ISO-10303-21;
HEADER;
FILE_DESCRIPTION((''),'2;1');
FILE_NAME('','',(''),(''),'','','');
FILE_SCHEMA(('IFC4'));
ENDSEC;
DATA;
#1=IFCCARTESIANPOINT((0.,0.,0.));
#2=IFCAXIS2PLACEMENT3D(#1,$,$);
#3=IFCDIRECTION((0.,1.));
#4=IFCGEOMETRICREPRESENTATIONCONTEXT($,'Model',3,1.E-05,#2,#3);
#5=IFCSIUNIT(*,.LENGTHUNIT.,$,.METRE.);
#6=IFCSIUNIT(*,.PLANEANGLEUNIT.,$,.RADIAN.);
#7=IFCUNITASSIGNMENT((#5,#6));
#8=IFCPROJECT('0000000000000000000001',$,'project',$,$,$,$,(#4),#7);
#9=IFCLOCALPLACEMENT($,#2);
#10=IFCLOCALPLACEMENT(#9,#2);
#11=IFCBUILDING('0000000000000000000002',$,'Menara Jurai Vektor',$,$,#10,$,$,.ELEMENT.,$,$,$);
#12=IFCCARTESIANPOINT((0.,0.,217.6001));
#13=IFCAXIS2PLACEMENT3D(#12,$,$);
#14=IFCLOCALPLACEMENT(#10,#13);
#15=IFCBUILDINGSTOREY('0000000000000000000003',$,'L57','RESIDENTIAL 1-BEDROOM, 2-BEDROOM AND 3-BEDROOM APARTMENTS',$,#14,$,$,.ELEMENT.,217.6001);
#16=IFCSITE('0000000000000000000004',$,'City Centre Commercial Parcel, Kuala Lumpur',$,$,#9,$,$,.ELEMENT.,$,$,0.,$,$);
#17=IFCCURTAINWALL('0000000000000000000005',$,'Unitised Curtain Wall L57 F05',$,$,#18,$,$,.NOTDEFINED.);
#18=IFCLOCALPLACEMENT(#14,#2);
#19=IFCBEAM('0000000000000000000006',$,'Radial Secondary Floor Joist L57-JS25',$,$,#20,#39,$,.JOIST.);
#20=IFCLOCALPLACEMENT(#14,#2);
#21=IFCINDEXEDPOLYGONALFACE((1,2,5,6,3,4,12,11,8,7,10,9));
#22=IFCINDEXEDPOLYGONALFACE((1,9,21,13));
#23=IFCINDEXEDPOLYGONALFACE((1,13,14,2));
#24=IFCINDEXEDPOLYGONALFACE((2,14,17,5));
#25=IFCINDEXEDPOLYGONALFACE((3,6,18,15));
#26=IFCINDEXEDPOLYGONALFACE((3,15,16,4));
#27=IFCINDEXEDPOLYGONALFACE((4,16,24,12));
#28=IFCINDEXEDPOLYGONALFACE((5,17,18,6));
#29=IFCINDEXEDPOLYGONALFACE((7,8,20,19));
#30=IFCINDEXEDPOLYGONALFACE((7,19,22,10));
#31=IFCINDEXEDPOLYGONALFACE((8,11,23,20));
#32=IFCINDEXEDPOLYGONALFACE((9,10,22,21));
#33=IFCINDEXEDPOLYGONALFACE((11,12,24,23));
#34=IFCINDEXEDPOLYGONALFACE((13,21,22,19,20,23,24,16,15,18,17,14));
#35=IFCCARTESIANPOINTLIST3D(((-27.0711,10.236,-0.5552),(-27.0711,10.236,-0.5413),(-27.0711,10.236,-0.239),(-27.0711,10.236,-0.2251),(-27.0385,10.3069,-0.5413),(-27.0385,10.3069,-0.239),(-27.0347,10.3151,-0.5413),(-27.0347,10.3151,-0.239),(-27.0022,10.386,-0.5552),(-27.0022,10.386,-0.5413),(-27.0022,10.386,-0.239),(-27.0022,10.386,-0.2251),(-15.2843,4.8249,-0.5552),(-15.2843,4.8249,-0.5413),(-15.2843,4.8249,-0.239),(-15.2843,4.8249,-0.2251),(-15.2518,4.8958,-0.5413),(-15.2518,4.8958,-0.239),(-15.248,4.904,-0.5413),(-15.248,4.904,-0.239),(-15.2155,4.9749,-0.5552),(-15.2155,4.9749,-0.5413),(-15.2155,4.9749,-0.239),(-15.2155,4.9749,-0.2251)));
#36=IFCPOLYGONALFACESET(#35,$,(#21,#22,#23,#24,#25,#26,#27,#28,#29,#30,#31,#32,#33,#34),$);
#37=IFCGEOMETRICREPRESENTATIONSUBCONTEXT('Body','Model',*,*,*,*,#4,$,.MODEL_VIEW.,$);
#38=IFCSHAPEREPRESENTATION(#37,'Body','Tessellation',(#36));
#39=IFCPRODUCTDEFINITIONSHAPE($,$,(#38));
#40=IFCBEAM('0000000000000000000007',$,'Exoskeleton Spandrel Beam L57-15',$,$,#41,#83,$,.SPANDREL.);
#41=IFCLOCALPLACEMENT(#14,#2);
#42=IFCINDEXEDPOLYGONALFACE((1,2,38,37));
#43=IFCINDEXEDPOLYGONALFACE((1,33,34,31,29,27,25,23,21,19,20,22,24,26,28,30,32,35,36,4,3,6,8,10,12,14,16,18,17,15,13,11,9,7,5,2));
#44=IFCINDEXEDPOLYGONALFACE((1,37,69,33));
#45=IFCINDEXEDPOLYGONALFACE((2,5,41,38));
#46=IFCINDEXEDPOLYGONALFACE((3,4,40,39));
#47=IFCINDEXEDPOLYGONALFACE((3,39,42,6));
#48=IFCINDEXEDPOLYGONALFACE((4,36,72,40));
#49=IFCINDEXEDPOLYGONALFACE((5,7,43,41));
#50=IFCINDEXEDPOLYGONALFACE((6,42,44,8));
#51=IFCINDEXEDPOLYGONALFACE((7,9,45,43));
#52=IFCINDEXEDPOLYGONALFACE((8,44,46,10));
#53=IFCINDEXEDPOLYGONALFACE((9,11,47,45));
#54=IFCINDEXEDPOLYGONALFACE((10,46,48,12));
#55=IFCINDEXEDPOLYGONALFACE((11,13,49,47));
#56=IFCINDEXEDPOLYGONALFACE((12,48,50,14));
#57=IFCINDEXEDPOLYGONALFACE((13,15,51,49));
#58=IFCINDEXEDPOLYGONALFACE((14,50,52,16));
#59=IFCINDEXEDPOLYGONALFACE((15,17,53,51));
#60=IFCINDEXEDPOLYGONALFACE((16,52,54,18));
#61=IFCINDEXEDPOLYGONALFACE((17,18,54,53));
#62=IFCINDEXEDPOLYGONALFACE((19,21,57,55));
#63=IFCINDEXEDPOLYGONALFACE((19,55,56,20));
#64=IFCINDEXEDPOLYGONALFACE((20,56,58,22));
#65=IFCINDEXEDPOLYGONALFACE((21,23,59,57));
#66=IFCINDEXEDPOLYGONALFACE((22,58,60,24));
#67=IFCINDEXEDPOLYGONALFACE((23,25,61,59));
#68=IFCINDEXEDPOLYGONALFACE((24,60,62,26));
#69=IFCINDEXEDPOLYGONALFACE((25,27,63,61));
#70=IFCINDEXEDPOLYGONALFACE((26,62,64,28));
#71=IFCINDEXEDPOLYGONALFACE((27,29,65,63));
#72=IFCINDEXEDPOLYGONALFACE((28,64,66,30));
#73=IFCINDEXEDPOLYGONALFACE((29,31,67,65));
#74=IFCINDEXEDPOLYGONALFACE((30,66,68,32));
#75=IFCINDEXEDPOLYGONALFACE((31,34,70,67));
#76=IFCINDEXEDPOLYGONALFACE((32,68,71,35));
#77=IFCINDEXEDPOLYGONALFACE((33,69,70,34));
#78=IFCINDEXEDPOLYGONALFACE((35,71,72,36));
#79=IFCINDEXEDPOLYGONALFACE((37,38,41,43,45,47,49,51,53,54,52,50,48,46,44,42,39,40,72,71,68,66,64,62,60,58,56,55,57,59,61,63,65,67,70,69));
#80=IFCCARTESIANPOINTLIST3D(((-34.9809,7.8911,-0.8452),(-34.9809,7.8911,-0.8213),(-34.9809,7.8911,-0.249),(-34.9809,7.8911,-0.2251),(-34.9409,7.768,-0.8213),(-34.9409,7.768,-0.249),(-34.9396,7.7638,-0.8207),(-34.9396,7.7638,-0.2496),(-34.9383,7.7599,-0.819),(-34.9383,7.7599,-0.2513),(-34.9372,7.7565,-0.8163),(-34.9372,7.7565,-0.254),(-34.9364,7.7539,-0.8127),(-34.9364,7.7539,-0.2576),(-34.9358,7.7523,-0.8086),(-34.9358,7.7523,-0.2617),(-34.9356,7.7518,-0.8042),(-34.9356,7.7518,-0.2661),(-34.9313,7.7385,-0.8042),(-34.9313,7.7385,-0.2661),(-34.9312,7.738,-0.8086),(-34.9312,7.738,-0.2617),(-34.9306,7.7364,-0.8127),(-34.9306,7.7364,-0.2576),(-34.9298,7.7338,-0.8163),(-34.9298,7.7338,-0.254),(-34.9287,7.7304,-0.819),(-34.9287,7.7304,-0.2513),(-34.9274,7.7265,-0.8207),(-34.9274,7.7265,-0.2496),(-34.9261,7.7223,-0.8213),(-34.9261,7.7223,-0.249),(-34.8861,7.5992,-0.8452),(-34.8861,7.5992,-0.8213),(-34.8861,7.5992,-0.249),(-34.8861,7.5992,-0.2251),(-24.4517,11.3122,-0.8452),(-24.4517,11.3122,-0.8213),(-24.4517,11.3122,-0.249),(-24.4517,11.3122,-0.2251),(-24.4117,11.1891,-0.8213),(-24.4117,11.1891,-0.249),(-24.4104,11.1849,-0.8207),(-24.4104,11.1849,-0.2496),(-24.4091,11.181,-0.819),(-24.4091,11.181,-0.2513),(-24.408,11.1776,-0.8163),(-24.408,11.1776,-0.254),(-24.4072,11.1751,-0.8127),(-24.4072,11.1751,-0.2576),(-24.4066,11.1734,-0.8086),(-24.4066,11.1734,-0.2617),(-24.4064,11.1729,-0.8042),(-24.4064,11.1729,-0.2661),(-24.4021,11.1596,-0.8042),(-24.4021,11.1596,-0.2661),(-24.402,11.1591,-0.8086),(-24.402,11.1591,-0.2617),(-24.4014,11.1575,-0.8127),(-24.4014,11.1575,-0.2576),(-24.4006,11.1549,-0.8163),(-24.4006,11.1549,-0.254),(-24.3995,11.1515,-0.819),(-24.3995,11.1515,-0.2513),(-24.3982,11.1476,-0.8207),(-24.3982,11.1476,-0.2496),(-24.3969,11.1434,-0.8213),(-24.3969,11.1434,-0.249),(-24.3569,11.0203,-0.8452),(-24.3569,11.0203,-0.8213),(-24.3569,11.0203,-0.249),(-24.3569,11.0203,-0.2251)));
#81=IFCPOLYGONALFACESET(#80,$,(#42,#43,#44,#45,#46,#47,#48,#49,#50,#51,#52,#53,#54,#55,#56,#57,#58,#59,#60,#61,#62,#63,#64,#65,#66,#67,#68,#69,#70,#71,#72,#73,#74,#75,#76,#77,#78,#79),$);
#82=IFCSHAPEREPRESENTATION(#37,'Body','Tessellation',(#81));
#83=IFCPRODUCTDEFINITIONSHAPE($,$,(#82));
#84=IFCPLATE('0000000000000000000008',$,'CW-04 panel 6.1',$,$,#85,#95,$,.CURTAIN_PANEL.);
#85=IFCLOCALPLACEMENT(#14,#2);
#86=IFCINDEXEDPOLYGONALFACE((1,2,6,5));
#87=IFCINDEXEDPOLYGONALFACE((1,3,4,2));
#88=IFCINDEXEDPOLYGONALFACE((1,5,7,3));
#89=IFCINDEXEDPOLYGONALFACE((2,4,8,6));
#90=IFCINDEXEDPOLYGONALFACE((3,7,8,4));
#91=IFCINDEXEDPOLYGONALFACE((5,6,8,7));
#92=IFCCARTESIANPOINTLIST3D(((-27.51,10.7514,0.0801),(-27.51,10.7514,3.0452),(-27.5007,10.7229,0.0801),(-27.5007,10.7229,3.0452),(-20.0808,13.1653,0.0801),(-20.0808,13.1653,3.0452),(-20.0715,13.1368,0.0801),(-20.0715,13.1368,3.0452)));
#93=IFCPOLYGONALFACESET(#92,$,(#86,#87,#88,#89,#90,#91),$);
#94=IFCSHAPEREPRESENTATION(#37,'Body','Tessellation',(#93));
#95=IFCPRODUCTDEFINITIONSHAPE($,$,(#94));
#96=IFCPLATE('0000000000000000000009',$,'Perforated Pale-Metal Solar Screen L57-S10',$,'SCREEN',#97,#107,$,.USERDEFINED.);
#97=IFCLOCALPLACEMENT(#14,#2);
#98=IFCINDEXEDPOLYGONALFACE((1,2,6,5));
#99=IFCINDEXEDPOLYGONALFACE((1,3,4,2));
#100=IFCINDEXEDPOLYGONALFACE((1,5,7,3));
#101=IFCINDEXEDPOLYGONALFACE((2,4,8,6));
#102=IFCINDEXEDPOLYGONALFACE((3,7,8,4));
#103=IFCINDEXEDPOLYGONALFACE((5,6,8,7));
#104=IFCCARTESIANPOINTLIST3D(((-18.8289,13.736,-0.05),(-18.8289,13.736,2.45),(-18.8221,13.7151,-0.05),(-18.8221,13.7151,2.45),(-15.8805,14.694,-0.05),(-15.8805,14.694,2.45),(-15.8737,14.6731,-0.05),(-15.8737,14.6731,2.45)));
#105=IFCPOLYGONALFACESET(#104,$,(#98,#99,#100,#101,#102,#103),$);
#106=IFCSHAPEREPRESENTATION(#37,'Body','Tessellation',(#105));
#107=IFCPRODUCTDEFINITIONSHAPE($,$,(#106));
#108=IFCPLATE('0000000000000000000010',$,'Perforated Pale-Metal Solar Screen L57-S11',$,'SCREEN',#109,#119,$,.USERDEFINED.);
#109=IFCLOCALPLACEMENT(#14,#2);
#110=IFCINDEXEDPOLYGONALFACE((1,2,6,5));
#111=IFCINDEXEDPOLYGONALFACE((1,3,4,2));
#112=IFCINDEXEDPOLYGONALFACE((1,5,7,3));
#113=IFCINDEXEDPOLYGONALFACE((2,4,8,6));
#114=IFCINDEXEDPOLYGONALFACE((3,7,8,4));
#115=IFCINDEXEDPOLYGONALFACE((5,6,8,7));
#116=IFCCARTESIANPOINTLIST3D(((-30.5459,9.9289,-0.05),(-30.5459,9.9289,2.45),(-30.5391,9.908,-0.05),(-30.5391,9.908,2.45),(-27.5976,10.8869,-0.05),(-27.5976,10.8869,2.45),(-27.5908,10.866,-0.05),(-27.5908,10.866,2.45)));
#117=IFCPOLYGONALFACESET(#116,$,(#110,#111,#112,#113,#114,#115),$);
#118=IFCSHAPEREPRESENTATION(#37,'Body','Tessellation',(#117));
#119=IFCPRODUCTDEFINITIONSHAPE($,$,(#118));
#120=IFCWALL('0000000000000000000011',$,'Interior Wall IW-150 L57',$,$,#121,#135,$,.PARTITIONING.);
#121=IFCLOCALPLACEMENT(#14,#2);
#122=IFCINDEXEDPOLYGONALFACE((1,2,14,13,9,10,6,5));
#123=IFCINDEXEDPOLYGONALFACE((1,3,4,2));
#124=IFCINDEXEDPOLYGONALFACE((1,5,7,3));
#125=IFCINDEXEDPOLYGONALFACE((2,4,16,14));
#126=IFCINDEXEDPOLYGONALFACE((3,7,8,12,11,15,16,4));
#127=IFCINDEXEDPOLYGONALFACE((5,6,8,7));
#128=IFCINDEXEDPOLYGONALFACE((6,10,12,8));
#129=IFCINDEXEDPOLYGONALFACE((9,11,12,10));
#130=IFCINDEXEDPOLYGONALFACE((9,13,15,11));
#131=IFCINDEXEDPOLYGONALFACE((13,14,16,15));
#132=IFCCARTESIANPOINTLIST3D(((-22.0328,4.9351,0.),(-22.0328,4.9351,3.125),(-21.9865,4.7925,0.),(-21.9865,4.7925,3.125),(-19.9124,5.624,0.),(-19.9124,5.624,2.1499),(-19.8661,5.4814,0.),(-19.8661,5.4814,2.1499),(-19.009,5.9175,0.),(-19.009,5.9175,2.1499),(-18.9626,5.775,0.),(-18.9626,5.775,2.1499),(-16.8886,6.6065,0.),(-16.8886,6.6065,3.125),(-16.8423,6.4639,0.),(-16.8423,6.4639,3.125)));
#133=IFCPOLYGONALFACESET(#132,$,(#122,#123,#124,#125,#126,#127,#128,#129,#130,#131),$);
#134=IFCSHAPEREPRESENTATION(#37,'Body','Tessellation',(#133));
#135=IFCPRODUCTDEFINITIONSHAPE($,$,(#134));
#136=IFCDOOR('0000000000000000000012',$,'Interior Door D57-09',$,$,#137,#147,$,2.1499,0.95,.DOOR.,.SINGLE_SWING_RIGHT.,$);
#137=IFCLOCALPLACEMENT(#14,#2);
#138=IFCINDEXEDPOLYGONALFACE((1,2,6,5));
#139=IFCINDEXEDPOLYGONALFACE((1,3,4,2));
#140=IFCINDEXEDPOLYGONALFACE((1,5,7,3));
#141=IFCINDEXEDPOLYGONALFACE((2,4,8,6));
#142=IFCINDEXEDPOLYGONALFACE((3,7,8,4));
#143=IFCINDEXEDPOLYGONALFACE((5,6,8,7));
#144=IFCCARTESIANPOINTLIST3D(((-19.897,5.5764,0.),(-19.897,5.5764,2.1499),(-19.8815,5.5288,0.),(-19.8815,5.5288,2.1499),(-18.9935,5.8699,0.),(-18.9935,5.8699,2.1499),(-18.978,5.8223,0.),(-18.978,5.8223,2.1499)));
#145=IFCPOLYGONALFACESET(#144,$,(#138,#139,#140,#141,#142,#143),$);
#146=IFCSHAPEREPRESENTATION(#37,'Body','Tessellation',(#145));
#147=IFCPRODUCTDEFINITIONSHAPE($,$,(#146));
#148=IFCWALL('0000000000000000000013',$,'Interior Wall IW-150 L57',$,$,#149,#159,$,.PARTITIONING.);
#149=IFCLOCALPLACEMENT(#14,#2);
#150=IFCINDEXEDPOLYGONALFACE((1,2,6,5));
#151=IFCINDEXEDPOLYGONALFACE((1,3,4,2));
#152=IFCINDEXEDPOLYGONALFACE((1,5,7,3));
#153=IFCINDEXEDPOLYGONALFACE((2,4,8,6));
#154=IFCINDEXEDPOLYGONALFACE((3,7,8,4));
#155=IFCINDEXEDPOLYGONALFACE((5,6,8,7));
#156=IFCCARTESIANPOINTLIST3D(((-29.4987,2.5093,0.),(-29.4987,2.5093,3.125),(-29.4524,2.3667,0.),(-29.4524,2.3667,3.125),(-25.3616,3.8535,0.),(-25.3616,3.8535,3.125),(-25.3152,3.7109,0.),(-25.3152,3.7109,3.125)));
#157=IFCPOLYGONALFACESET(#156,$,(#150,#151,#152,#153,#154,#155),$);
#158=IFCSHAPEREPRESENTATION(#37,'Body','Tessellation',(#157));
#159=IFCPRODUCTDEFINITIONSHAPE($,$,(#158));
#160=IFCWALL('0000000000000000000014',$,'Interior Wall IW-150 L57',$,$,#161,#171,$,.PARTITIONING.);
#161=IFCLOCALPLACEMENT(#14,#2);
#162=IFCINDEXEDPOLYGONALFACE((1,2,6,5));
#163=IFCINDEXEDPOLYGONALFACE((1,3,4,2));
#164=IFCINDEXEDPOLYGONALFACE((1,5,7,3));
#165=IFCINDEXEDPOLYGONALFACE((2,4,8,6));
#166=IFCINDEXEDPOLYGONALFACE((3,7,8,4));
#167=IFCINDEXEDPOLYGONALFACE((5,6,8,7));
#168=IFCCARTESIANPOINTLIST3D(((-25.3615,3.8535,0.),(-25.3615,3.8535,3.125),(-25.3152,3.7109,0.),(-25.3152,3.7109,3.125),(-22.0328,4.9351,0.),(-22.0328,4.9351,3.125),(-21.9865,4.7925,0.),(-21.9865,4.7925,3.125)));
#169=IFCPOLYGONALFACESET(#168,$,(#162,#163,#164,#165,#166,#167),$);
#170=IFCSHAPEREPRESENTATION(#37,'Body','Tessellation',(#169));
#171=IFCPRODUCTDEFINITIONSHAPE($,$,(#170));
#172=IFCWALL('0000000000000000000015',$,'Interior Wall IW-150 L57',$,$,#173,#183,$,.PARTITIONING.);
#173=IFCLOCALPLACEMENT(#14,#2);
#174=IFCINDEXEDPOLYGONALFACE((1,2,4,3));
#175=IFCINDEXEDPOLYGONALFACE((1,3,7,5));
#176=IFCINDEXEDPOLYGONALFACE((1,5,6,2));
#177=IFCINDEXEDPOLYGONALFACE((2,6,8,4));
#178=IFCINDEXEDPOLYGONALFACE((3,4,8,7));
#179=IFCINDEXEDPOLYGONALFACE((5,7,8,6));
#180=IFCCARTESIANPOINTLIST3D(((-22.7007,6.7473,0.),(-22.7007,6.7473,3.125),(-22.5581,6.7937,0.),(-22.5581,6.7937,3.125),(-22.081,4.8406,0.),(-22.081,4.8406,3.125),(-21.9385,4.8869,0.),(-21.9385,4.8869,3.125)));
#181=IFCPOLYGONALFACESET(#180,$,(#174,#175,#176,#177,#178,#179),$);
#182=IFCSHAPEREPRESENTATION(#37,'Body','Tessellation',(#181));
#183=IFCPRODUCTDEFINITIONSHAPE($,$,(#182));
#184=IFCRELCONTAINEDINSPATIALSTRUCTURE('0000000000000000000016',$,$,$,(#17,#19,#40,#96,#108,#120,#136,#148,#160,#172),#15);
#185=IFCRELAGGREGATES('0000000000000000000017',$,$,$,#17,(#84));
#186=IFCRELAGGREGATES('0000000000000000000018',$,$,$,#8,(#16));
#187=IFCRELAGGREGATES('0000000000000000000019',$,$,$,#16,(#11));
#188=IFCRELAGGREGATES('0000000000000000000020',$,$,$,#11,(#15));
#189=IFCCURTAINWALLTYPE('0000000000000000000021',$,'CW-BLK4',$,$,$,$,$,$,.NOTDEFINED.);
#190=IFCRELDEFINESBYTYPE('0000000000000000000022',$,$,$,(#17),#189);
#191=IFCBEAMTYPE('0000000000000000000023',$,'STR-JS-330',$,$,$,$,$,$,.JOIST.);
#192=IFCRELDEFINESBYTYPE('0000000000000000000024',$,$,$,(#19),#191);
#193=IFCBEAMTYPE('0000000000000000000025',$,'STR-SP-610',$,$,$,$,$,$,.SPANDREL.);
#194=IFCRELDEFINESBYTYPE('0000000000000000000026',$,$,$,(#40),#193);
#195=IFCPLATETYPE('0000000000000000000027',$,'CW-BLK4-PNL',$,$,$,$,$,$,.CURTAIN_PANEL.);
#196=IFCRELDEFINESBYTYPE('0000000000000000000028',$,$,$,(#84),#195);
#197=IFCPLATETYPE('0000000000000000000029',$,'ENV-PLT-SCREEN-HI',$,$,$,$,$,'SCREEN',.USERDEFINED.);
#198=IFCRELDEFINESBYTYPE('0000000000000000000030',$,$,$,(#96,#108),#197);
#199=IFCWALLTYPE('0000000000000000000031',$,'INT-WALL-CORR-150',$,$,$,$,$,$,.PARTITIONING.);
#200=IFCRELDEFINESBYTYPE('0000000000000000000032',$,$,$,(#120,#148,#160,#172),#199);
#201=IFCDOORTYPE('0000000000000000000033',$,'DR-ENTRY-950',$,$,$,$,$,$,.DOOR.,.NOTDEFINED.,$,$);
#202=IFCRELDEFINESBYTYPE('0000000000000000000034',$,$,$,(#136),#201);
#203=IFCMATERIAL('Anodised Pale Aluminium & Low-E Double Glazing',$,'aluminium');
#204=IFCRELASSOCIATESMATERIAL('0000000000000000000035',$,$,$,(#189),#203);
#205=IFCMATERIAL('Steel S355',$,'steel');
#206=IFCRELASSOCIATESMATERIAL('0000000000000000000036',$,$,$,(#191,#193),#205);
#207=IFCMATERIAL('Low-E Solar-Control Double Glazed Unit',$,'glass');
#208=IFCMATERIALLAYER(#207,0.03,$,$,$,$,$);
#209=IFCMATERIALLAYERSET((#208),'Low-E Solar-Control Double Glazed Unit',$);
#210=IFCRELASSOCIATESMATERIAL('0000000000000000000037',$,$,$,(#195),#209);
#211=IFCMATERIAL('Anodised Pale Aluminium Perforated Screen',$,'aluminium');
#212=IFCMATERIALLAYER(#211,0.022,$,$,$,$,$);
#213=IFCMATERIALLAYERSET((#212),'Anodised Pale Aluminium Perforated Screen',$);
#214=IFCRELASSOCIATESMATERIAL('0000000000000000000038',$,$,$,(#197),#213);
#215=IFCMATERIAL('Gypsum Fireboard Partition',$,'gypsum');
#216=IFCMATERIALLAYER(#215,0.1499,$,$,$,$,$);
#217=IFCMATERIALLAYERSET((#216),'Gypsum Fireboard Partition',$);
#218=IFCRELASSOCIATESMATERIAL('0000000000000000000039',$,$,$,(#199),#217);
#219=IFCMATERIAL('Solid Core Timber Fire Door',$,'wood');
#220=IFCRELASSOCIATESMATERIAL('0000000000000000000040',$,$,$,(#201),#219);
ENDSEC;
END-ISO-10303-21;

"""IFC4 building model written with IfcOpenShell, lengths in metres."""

from ifc_helpers import new_model, si_unit, direction, frame, frame_2d, origin, origin_2d, place, context, subcontext, project, spatial, rectangle, i_section, extrude, material, layer, layer_set, material_profile, profile_set, type_object, element, fill, aggregate, save


model = new_model("IFC4")

# Units and contexts
model_context = context("Model", 3, precision=1e-05, world=origin(), true_north=direction((0.0, 1.0)))
body_context = subcontext(model_context, "Body", "Model", "MODEL_VIEW")
ifc_project = project(units=[si_unit("LENGTHUNIT", "METRE"), si_unit("PLANEANGLEUNIT", "RADIAN")], contexts=[model_context])

# Site, building, storey
site_placement = place(None, origin())
site = spatial("IfcSite", under=ifc_project, at=site_placement, Name="City Centre Commercial Parcel, Kuala Lumpur", CompositionType="ELEMENT", RefElevation=0.0)
building_placement = place(site_placement, origin())
building = spatial("IfcBuilding", under=site, at=building_placement, Name="Menara Jurai Vektor", CompositionType="ELEMENT")
storey_placement = place(building_placement, frame((0.0, 0.0, 217.6001)))
storey = spatial("IfcBuildingStorey", under=building, at=storey_placement, Name="L57", Description="RESIDENTIAL 1-BEDROOM, 2-BEDROOM AND 3-BEDROOM APARTMENTS", CompositionType="ELEMENT", Elevation=217.6001)

# Curtain wall
ifc_material_1 = material(Name="Anodised Pale Aluminium & Low-E Double Glazing", Category="aluminium")
curtain_wall_type = type_object("IfcCurtainWallType", Name="CW-BLK4", PredefinedType="NOTDEFINED", material=ifc_material_1)
curtain_wall_placement = place(storey_placement, origin())
curtain_wall = element("IfcCurtainWall", 1, at=curtain_wall_placement, inside=storey, type_object=curtain_wall_type, Name="Unitised Curtain Wall L57 F05", PredefinedType="NOTDEFINED")

# Beams
ifc_material_2 = material(Name="Steel S355", Category="steel")
ifc_material_profile_1 = material_profile(ifc_material_2, i_section(OverallWidth=0.165, OverallDepth=0.3301, WebThickness=0.009, FlangeThickness=0.0139, at=origin_2d()), Name="PG 330x165x46")
ifc_profile_set_1 = profile_set([ifc_material_profile_1], Name="Steel S355")
beam_type_1 = type_object("IfcBeamType", Name="STR-JS-330", PredefinedType="JOIST", material=ifc_profile_set_1)
beam_1_placement = place(storey_placement, frame((-27.0366, 10.311, -0.3901), z_axis=(0.908804, -0.417224, 0.0), x_axis=(0.417224, 0.908804, 0.0)))
element("IfcBeam", 2, at=beam_1_placement, inside=storey, type_object=beam_type_1, Name="Radial Secondary Floor Joist L57-JS25", PredefinedType="JOIST", context=body_context, shape_type="SweptSolid", body=[
    extrude(i_section(OverallWidth=0.165, OverallDepth=0.3301, WebThickness=0.009, FlangeThickness=0.0139, at=origin_2d()), origin(), (0.0, 0.0, 1.0), 12.9695),
])
ifc_material_profile_2 = material_profile(ifc_material_2, i_section(OverallWidth=0.3069, OverallDepth=0.6201, WebThickness=0.0139, FlangeThickness=0.0239, FilletRadius=0.0171, at=origin_2d()), Name="UKB 610x305x179")
ifc_profile_set_2 = profile_set([ifc_material_profile_2], Name="Steel S355")
beam_type_2 = type_object("IfcBeamType", Name="STR-SP-610", PredefinedType="SPANDREL", material=ifc_profile_set_2)
beam_2_placement = place(storey_placement, frame((-24.4043, 11.1663, -0.5352), z_axis=(-0.951057, -0.309014, 0.0), x_axis=(0.309014, -0.951057, 0.0)))
element("IfcBeam", 3, at=beam_2_placement, inside=storey, type_object=beam_type_2, Name="Exoskeleton Spandrel Beam L57-15", PredefinedType="SPANDREL", context=body_context, shape_type="SweptSolid", body=[
    extrude(i_section(OverallWidth=0.3069, OverallDepth=0.6201, WebThickness=0.0139, FlangeThickness=0.0239, FilletRadius=0.0171, at=origin_2d()), origin(), (0.0, 0.0, 1.0), 11.071),
])

# Plate
ifc_material_3 = material(Name="Low-E Solar-Control Double Glazed Unit", Category="glass")
ifc_layer_1 = layer(ifc_material_3, 0.03)
ifc_layer_set_1 = layer_set([ifc_layer_1], Name="Low-E Solar-Control Double Glazed Unit")
plate_type_1 = type_object("IfcPlateType", Name="CW-BLK4-PNL", PredefinedType="CURTAIN_PANEL", material=ifc_layer_set_1)
plate_placement = place(storey_placement, frame((-23.7908, 11.9441, 0.0801), z_axis=(0.0, 0.0, 1.0), x_axis=(-0.951056, -0.309017, 0.0)))
plate = element("IfcPlate", 4, at=plate_placement, type_object=plate_type_1, Name="CW-04 panel 6.1", PredefinedType="CURTAIN_PANEL", context=body_context, shape_type="SweptSolid", body=[
    extrude(rectangle(XDim=7.8115, YDim=0.03, at=origin_2d()), origin(), (0.0, 0.0, 1.0), 2.9651),
])
aggregate(curtain_wall, [plate])

# Plates
ifc_material_4 = material(Name="Anodised Pale Aluminium Perforated Screen", Category="aluminium")
ifc_layer_2 = layer(ifc_material_4, 0.022)
ifc_layer_set_2 = layer_set([ifc_layer_2], Name="Anodised Pale Aluminium Perforated Screen")
plate_type_2 = type_object("IfcPlateType", Name="ENV-PLT-SCREEN-HI", ElementType="SCREEN", PredefinedType="USERDEFINED", material=ifc_layer_set_2)
for number, where, z_axis, x_axis, name in (
    (5, (-17.3513, 14.2046, -0.05), (0.0, 0.0, 1.0), (-0.951057, -0.309017, 0.0), "Perforated Pale-Metal Solar Screen L57-S10"),
    (6, (-29.0684, 10.3975, -0.05), (0.0, 0.0, 1.0), (-0.951057, -0.309017, 0.0), "Perforated Pale-Metal Solar Screen L57-S11"),
):
    element("IfcPlate", number, at=place(storey_placement, frame(where, z_axis=z_axis, x_axis=x_axis)), inside=storey, type_object=plate_type_2, Name=name, ObjectType="SCREEN", PredefinedType="USERDEFINED", context=body_context, shape_type="SweptSolid", body=[
        extrude(rectangle(XDim=3.1001, YDim=0.022, at=origin_2d()), origin(), (0.0, 0.0, 1.0), 2.5),
    ])

# Wall, opening, door
ifc_material_5 = material(Name="Gypsum Fireboard Partition", Category="gypsum")
ifc_layer_3 = layer(ifc_material_5, 0.1499)
ifc_layer_set_3 = layer_set([ifc_layer_3], Name="Gypsum Fireboard Partition")
wall_type_1 = type_object("IfcWallType", Name="INT-WALL-CORR-150", PredefinedType="PARTITIONING", material=ifc_layer_set_3)
wall_1_placement = place(storey_placement, frame((-22.0098, 4.8638, 0.0), z_axis=(0.0, 0.0, 1.0), x_axis=(0.951062, 0.309001, 0.0)))
wall_1 = element("IfcWall", 7, at=wall_1_placement, inside=storey, type_object=wall_type_1, Name="Interior Wall IW-150 L57", PredefinedType="PARTITIONING", context=body_context, shape_type="SweptSolid", body=[
    extrude(rectangle(XDim=5.4089, YDim=0.1499, at=frame_2d((2.7046, 0.0))), origin(), (0.0, 0.0, 1.0), 3.125),
])
opening_1_placement = place(wall_1_placement, frame((2.2295, 0.0, 0.0)))
opening_1 = element("IfcOpeningElement", 8, at=opening_1_placement, cuts=wall_1, PredefinedType="OPENING", context=body_context, shape_type="SweptSolid", body=[
    extrude(rectangle(XDim=0.95, YDim=2.1499, at=frame_2d((0.4751, 1.075))), frame((0.0, 0.085, 0.0), z_axis=(0.0, -1.0, 0.0), x_axis=(1.0, 0.0, 0.0)), (0.0, 0.0, 1.0), 0.1699),
])
ifc_material_6 = material(Name="Solid Core Timber Fire Door", Category="wood")
door_type_1 = type_object("IfcDoorType", Name="DR-ENTRY-950", OperationType="NOTDEFINED", PredefinedType="DOOR", material=ifc_material_6)
door_1_placement = place(opening_1_placement, origin())
door_1 = element("IfcDoor", 9, at=door_1_placement, inside=storey, type_object=door_type_1, Name="Interior Door D57-09", OperationType="SINGLE_SWING_RIGHT", OverallHeight=2.1499, OverallWidth=0.95, PredefinedType="DOOR", context=body_context, shape_type="SweptSolid", body=[
    extrude(rectangle(XDim=0.95, YDim=2.1499, at=frame_2d((0.4751, 1.075))), frame((0.0, 0.0249, 0.0), z_axis=(0.0, -1.0, 0.0), x_axis=(1.0, 0.0, 0.0)), (0.0, 0.0, 1.0), 0.05),
])
fill(opening_1, door_1)

# Walls
wall_2_placement = place(storey_placement, frame((-29.4756, 2.438, 0.0), z_axis=(0.0, 0.0, 1.0), x_axis=(0.951058, 0.309012, 0.0)))
element("IfcWall", 10, at=wall_2_placement, inside=storey, type_object=wall_type_1, Name="Interior Wall IW-150 L57", PredefinedType="PARTITIONING", context=body_context, shape_type="SweptSolid", body=[
    extrude(rectangle(XDim=4.3501, YDim=0.1499, at=frame_2d((2.175, 0.0))), origin(), (0.0, 0.0, 1.0), 3.125),
])
wall_3_placement = place(storey_placement, frame((-25.3384, 3.7822, 0.0), z_axis=(0.0, 0.0, 1.0), x_axis=(0.951056, 0.30902, 0.0)))
element("IfcWall", 11, at=wall_3_placement, inside=storey, type_object=wall_type_1, Name="Interior Wall IW-150 L57", PredefinedType="PARTITIONING", context=body_context, shape_type="SweptSolid", body=[
    extrude(rectangle(XDim=3.5, YDim=0.1499, at=frame_2d((1.75, 0.0))), origin(), (0.0, 0.0, 1.0), 3.125),
])

# Wall
wall_4_placement = place(storey_placement, frame((-22.0098, 4.8638, 0.0), z_axis=(0.0, 0.0, 1.0), x_axis=(-0.309059, 0.951043, 0.0)))
element("IfcWall", 12, at=wall_4_placement, inside=storey, type_object=wall_type_1, Name="Interior Wall IW-150 L57", PredefinedType="PARTITIONING", context=body_context, shape_type="SweptSolid", body=[
    extrude(rectangle(XDim=2.0049, YDim=0.1499, at=frame_2d((1.0024, 0.0))), origin(), (0.0, 0.0, 1.0), 3.125),
])

save(model, "model.ifc")
